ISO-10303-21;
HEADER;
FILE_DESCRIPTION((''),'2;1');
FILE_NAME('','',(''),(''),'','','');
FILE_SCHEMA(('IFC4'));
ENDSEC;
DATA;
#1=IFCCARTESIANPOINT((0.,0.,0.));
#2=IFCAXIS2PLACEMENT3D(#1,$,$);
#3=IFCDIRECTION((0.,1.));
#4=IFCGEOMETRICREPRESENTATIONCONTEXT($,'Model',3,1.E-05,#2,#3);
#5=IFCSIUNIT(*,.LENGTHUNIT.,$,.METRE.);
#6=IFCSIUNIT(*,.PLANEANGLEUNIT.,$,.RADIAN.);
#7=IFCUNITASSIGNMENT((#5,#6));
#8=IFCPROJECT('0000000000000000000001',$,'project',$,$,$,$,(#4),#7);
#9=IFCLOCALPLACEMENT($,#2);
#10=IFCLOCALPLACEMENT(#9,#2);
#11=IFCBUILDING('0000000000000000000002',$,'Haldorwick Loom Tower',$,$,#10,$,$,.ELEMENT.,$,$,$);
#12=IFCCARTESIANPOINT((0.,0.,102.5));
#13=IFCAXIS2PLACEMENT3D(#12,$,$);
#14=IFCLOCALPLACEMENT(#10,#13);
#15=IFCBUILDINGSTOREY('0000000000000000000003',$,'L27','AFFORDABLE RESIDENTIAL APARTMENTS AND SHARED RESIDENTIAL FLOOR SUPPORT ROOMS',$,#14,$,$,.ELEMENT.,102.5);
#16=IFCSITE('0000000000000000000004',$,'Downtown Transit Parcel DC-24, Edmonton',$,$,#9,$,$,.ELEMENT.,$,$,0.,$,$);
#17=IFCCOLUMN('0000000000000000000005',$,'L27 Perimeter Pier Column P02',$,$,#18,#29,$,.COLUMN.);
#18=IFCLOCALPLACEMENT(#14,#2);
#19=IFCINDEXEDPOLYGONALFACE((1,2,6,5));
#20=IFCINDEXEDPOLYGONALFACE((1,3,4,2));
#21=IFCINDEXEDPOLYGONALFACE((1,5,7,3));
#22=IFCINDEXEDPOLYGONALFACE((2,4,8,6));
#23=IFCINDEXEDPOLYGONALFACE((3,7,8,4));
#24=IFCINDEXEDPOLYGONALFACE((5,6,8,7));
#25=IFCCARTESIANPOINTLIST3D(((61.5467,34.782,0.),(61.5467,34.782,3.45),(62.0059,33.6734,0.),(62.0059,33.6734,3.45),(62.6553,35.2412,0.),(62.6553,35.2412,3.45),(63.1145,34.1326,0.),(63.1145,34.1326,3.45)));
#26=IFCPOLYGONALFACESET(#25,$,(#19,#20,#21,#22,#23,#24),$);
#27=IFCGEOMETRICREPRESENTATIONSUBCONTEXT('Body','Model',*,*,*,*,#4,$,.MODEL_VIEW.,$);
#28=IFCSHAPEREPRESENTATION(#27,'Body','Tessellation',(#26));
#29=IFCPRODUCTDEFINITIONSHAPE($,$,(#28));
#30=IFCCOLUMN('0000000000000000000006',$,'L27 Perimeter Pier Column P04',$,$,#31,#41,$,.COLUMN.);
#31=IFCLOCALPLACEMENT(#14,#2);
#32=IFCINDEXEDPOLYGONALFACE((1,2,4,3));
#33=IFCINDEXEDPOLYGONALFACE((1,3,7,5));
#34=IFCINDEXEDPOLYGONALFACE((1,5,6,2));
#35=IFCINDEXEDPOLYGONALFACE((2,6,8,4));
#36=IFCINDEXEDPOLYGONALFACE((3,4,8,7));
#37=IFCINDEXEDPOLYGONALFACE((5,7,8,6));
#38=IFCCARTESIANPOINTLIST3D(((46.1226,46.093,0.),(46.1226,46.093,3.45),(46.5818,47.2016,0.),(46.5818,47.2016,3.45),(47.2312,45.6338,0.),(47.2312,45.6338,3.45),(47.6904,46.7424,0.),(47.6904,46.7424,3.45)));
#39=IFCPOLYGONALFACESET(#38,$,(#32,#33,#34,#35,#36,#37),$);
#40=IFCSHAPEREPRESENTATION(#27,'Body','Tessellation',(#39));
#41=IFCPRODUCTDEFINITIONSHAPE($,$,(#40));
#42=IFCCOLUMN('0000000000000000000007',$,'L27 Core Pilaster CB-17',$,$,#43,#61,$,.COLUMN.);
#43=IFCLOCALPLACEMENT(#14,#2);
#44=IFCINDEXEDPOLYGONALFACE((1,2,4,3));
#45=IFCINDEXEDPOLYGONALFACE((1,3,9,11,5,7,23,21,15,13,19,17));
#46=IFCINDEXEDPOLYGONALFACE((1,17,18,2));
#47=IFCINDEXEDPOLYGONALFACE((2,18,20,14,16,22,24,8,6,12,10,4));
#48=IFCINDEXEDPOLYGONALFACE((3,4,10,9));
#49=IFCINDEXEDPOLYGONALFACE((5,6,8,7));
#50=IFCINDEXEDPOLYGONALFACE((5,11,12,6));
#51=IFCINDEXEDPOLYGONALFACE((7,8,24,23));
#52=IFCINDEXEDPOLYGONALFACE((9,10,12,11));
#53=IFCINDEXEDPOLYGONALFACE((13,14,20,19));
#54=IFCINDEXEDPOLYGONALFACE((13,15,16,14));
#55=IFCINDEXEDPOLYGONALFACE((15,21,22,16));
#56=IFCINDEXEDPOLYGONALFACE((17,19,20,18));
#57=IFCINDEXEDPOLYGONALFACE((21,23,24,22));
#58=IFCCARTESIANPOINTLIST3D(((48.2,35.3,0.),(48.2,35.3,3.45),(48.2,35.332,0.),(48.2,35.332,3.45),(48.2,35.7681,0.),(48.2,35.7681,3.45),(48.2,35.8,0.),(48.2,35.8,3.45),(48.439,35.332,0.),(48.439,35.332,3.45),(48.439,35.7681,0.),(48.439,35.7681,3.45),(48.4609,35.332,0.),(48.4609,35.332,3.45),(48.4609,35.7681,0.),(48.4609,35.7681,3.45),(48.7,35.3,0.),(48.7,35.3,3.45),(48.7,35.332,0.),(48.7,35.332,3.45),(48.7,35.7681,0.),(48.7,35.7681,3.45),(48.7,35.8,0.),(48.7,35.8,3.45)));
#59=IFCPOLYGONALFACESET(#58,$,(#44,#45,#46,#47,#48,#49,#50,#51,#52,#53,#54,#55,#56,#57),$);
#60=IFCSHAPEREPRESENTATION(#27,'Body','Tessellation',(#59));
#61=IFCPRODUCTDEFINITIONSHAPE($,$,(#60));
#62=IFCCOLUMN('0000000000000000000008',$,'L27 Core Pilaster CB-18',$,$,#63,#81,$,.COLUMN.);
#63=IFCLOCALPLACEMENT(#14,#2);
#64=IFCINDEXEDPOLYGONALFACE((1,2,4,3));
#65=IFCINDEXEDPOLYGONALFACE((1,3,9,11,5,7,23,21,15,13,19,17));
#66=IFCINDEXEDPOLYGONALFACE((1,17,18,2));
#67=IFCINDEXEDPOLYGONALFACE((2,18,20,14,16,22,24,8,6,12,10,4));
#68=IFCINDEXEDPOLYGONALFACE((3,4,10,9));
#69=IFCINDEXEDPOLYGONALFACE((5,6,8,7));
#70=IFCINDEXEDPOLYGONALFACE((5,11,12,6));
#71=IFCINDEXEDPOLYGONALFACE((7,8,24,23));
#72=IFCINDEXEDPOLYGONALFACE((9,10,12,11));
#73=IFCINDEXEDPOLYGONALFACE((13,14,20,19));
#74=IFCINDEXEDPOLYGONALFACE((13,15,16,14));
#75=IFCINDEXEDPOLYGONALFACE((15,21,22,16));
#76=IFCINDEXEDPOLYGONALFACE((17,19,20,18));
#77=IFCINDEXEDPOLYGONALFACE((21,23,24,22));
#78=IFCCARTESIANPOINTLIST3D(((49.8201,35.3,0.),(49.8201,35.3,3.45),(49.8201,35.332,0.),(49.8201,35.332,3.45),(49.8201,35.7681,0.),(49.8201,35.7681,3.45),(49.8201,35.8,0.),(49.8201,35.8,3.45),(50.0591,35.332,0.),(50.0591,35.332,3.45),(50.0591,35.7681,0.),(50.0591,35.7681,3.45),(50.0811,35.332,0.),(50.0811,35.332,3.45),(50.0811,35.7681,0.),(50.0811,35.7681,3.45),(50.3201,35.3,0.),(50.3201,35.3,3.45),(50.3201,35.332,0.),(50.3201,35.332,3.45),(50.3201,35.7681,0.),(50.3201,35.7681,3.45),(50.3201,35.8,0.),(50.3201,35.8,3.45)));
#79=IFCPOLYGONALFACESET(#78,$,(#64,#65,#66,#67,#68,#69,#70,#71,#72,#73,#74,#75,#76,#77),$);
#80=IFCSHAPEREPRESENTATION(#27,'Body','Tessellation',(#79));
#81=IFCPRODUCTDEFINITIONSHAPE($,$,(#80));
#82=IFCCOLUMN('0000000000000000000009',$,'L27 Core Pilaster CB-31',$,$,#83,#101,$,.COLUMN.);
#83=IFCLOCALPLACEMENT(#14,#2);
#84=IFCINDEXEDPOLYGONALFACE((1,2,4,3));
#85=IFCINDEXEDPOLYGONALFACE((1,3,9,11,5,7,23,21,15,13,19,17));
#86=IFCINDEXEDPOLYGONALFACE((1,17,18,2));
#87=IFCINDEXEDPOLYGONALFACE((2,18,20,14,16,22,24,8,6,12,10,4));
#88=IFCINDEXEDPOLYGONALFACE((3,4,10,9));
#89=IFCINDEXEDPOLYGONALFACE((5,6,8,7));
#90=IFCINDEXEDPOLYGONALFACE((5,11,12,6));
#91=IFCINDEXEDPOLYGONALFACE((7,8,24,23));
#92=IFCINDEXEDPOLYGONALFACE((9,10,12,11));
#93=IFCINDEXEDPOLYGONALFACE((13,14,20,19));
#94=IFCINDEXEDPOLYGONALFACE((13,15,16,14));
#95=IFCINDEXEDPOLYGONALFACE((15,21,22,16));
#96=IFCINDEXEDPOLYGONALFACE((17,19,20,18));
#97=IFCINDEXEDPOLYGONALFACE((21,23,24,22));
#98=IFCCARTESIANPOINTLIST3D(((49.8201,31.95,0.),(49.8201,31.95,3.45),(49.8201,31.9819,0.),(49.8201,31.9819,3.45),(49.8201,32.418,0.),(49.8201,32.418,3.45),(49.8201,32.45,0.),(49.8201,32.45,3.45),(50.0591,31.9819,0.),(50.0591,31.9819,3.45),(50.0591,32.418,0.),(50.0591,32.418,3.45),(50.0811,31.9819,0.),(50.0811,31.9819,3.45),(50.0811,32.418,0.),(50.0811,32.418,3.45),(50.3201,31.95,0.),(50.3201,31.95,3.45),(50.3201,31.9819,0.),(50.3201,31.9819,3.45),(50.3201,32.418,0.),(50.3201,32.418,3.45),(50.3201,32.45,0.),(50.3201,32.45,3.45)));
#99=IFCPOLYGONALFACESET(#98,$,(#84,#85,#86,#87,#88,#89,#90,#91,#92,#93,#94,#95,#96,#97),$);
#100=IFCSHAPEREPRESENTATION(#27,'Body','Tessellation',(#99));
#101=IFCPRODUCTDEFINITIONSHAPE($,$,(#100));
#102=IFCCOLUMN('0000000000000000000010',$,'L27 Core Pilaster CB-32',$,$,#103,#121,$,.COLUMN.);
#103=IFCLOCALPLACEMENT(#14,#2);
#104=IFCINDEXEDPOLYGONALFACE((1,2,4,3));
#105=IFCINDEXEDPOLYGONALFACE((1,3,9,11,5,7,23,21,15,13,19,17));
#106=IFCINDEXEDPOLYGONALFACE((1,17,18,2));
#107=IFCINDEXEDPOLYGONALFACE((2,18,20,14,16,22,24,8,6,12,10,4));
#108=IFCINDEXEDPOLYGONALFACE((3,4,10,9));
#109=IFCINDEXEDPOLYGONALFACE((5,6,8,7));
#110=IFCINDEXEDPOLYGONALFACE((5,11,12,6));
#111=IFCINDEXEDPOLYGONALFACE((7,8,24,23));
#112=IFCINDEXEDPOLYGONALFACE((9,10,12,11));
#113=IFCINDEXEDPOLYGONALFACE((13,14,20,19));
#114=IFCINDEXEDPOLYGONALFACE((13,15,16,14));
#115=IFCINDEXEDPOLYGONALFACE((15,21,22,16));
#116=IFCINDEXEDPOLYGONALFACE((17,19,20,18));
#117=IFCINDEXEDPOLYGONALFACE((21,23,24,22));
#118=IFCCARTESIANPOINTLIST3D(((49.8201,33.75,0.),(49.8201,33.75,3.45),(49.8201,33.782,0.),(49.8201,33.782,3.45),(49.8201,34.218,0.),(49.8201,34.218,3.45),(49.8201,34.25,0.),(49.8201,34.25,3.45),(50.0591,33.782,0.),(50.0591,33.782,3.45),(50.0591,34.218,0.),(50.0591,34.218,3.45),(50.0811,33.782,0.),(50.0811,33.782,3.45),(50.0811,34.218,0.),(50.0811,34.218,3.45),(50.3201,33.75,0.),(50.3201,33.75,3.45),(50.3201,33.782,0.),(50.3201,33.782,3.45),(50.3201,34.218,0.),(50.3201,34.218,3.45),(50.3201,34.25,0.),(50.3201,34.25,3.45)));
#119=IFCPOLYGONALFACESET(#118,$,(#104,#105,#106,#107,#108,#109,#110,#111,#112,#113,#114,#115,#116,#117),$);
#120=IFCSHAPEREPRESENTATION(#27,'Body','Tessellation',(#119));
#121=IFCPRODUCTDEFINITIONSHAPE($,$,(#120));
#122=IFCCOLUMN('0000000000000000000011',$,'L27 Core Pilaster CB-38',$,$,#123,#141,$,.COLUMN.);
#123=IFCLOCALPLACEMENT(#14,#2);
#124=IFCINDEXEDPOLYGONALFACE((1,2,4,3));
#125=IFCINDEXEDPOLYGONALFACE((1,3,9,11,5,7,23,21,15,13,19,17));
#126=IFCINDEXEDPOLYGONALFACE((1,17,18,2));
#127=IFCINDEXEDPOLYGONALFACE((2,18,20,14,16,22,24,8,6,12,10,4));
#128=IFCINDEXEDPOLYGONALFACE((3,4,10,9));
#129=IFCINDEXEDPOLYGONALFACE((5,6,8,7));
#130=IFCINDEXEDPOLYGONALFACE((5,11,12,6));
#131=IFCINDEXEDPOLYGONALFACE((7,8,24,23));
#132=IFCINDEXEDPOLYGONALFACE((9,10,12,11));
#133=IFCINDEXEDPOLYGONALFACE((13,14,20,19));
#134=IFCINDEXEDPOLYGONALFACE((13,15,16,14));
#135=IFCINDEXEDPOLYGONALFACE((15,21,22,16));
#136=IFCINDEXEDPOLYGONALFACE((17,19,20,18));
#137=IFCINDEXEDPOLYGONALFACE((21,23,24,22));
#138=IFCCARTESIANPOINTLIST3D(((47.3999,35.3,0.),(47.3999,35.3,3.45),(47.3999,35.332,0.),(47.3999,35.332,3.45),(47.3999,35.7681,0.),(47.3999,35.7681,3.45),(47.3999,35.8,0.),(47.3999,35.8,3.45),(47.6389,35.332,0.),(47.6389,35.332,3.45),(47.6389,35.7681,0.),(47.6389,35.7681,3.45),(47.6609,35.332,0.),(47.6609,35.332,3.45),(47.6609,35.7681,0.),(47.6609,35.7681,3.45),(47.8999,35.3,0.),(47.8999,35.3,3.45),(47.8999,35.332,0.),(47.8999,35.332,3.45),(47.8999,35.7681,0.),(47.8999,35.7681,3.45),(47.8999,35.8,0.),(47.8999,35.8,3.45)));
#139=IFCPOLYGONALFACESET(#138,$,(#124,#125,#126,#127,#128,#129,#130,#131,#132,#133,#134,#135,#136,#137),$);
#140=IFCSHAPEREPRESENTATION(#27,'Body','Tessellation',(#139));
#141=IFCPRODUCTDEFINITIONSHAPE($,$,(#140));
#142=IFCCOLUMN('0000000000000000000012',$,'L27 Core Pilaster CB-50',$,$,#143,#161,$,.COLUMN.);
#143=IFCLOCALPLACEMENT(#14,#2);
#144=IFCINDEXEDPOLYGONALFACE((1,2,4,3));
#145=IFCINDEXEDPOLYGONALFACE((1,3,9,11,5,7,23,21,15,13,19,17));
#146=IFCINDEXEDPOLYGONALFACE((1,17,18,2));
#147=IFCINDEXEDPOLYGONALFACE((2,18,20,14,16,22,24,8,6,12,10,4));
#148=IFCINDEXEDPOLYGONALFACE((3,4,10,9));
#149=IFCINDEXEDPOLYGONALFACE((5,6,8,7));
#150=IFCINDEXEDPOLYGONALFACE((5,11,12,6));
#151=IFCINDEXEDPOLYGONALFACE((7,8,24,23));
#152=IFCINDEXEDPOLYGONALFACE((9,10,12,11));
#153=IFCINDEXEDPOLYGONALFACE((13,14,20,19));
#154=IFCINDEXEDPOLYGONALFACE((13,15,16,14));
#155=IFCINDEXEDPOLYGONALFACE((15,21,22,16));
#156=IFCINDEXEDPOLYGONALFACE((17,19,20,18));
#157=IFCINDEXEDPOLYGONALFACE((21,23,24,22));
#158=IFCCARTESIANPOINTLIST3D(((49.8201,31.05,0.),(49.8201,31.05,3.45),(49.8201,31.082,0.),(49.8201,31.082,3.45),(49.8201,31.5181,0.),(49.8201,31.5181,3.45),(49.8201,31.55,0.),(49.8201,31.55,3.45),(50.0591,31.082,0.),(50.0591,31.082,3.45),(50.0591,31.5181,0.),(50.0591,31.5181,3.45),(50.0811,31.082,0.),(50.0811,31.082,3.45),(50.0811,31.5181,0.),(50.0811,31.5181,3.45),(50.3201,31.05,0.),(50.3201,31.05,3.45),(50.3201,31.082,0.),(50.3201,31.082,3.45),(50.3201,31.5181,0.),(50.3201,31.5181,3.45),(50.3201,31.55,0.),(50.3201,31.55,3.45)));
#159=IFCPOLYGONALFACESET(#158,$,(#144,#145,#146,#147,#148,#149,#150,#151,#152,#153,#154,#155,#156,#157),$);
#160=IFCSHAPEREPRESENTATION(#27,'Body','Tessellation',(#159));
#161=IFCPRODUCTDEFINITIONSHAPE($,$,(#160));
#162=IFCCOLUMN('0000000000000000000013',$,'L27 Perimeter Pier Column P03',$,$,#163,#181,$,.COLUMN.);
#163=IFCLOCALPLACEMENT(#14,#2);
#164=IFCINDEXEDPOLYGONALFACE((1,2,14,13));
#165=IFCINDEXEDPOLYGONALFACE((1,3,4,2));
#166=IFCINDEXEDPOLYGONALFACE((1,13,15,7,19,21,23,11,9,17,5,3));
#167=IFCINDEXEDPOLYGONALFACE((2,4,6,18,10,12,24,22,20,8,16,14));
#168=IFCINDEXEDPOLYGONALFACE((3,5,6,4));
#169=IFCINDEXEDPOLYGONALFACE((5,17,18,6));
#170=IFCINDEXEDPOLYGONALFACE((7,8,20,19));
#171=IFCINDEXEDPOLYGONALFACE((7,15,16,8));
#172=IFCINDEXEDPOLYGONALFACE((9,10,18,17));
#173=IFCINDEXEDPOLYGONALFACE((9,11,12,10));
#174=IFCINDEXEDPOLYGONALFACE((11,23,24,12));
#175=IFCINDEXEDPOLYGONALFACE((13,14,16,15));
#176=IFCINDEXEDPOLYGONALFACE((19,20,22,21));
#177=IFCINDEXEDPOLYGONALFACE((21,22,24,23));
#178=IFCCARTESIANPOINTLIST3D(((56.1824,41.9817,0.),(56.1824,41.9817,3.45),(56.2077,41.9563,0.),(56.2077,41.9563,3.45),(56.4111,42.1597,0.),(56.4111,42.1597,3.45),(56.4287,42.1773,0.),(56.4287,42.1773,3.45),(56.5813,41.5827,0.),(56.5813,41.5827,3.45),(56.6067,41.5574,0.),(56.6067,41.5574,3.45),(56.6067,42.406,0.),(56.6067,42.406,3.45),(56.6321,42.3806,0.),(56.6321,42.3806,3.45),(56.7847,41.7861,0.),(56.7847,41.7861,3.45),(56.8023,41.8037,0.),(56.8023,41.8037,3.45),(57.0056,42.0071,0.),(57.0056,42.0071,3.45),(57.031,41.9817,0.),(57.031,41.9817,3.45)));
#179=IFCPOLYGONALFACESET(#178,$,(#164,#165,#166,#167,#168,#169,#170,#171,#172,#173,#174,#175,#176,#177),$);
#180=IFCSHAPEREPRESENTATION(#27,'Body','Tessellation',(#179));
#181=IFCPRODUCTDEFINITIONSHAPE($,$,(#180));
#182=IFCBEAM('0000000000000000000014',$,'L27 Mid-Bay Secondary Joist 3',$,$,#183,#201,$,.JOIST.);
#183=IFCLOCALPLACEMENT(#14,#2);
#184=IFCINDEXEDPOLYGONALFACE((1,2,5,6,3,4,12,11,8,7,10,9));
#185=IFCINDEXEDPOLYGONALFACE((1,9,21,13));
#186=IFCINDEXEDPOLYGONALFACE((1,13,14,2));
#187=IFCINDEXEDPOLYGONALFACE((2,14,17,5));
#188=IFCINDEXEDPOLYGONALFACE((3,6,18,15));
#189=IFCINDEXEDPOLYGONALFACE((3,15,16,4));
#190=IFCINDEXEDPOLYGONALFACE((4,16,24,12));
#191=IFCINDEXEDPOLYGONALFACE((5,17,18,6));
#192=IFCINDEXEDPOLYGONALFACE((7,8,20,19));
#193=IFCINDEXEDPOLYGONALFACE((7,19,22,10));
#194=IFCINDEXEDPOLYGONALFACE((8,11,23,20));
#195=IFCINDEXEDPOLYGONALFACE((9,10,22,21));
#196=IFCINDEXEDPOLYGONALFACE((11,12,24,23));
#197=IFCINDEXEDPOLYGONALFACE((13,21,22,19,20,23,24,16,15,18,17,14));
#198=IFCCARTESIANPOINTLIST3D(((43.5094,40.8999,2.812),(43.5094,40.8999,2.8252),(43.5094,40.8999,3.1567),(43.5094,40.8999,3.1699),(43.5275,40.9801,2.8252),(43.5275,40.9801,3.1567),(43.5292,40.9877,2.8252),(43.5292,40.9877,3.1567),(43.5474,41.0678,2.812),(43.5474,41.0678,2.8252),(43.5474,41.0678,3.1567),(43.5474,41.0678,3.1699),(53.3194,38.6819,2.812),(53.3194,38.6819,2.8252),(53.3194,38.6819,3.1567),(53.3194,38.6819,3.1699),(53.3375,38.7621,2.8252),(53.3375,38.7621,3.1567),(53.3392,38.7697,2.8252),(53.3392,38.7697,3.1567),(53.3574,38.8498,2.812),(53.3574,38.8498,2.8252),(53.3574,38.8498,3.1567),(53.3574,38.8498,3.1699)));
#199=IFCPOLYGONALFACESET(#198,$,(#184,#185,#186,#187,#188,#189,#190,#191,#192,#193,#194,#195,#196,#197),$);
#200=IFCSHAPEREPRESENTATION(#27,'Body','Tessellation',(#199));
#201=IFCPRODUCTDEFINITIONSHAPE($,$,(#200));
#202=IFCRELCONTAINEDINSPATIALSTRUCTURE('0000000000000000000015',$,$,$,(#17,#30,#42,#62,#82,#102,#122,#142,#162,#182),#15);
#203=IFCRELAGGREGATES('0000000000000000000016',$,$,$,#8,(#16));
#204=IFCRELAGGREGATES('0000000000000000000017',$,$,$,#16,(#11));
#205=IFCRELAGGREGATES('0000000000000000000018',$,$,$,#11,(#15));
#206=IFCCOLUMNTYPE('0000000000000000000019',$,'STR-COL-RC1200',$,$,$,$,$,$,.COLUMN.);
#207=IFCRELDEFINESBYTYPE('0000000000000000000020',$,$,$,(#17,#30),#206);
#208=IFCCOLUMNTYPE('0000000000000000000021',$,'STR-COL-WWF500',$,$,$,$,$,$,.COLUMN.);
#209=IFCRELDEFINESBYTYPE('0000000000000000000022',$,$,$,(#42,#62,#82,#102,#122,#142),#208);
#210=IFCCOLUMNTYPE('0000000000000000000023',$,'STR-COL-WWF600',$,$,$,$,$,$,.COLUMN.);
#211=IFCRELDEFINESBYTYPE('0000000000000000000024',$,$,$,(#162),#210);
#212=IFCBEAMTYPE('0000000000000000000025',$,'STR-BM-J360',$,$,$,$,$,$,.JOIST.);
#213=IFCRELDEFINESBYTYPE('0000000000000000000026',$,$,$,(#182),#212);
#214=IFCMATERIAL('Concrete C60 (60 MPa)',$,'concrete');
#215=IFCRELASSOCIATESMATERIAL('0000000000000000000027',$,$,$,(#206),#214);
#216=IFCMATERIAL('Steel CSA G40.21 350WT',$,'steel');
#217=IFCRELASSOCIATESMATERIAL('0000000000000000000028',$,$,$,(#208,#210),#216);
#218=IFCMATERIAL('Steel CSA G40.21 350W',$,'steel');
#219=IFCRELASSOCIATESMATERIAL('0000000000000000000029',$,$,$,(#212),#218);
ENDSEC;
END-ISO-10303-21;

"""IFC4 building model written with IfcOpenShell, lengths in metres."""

from ifc_helpers import new_model, si_unit, direction, frame, origin, origin_2d, place, context, subcontext, project, spatial, rectangle, i_section, extrude, material, material_profile, profile_set, type_object, element, save


model = new_model("IFC4")

# Units and contexts
model_context = context("Model", 3, precision=1e-05, world=origin(), true_north=direction((0.0, 1.0)))
body_context = subcontext(model_context, "Body", "Model", "MODEL_VIEW")
ifc_project = project(units=[si_unit("LENGTHUNIT", "METRE"), si_unit("PLANEANGLEUNIT", "RADIAN")], contexts=[model_context])

# Site, building, storey
site_placement = place(None, origin())
site = spatial("IfcSite", under=ifc_project, at=site_placement, Name="Downtown Transit Parcel DC-24, Edmonton", CompositionType="ELEMENT", RefElevation=0.0)
building_placement = place(site_placement, origin())
building = spatial("IfcBuilding", under=site, at=building_placement, Name="Haldorwick Loom Tower", CompositionType="ELEMENT")
storey_placement = place(building_placement, frame((0.0, 0.0, 102.5)))
storey = spatial("IfcBuildingStorey", under=building, at=storey_placement, Name="L27", Description="AFFORDABLE RESIDENTIAL APARTMENTS AND SHARED RESIDENTIAL FLOOR SUPPORT ROOMS", CompositionType="ELEMENT", Elevation=102.5)

# Columns
ifc_material_1 = material(Name="Concrete C60 (60 MPa)", Category="concrete")
ifc_material_profile_1 = material_profile(ifc_material_1, rectangle(XDim=1.2, YDim=1.2, at=origin_2d()), Name="RC1200X1200", Category="concrete")
ifc_profile_set_1 = profile_set([ifc_material_profile_1], Name="Concrete C60 (60 MPa)")
column_type_1 = type_object("IfcColumnType", Name="STR-COL-RC1200", PredefinedType="COLUMN", material=ifc_profile_set_1)
for number, where, z_axis, x_axis, name in (
    (1, (62.3306, 34.4573, 0.0), (0.0, 0.0, 1.0), (0.92388, 0.382683, 0.0), "L27 Perimeter Pier Column P02"),
    (2, (46.9065, 46.4177, 0.0), (0.0, 0.0, 1.0), (0.382683, 0.92388, 0.0), "L27 Perimeter Pier Column P04"),
):
    element("IfcColumn", number, at=place(storey_placement, frame(where, z_axis=z_axis, x_axis=x_axis)), inside=storey, type_object=column_type_1, Name=name, PredefinedType="COLUMN", context=body_context, shape_type="SweptSolid", body=[
        extrude(rectangle(XDim=1.2, YDim=1.2, at=origin_2d()), origin(), (0.0, 0.0, 1.0), 3.45),
    ])
ifc_material_2 = material(Name="Steel CSA G40.21 350WT", Category="steel")
ifc_material_profile_2 = material_profile(ifc_material_2, i_section(OverallWidth=0.5, OverallDepth=0.5, WebThickness=0.022, FlangeThickness=0.032, at=origin_2d()), Name="WWF500X500", Category="steel")
ifc_profile_set_2 = profile_set([ifc_material_profile_2], Name="Steel CSA G40.21 350WT")
column_type_2 = type_object("IfcColumnType", Name="STR-COL-WWF500", PredefinedType="COLUMN", material=ifc_profile_set_2)
for number, where, z_axis, x_axis, name in (
    (3, (48.45, 35.55, 0.0), (0.0, 0.0, 1.0), (1.0, 0.0, 0.0), "L27 Core Pilaster CB-17"),
    (4, (50.0701, 35.55, 0.0), (0.0, 0.0, 1.0), (1.0, 0.0, 0.0), "L27 Core Pilaster CB-18"),
    (5, (50.0701, 32.2, 0.0), (0.0, 0.0, 1.0), (1.0, 0.0, 0.0), "L27 Core Pilaster CB-31"),
    (6, (50.0701, 34.0, 0.0), (0.0, 0.0, 1.0), (1.0, 0.0, 0.0), "L27 Core Pilaster CB-32"),
    (7, (47.6499, 35.55, 0.0), (0.0, 0.0, 1.0), (1.0, 0.0, 0.0), "L27 Core Pilaster CB-38"),
    (8, (50.0701, 31.3, 0.0), (0.0, 0.0, 1.0), (1.0, 0.0, 0.0), "L27 Core Pilaster CB-50"),
):
    element("IfcColumn", number, at=place(storey_placement, frame(where, z_axis=z_axis, x_axis=x_axis)), inside=storey, type_object=column_type_2, Name=name, PredefinedType="COLUMN", context=body_context, shape_type="SweptSolid", body=[
        extrude(i_section(OverallWidth=0.5, OverallDepth=0.5, WebThickness=0.022, FlangeThickness=0.032, at=origin_2d()), origin(), (0.0, 0.0, 1.0), 3.45),
    ])
ifc_material_profile_3 = material_profile(ifc_material_2, i_section(OverallWidth=0.6001, OverallDepth=0.6001, WebThickness=0.0249, FlangeThickness=0.0359, at=origin_2d()), Name="WWF600X600", Category="steel")
ifc_profile_set_3 = profile_set([ifc_material_profile_3], Name="Steel CSA G40.21 350WT")
column_type_3 = type_object("IfcColumnType", Name="STR-COL-WWF600", PredefinedType="COLUMN", material=ifc_profile_set_3)
column_placement = place(storey_placement, frame((56.6067, 41.9817, 0.0), z_axis=(0.0, 0.0, 1.0), x_axis=(0.707107, 0.707107, 0.0)))
element("IfcColumn", 9, at=column_placement, inside=storey, type_object=column_type_3, Name="L27 Perimeter Pier Column P03", PredefinedType="COLUMN", context=body_context, shape_type="SweptSolid", body=[
    extrude(i_section(OverallWidth=0.6001, OverallDepth=0.6001, WebThickness=0.0249, FlangeThickness=0.0359, at=origin_2d()), origin(), (0.0, 0.0, 1.0), 3.45),
])

# Beam
ifc_material_3 = material(Name="Steel CSA G40.21 350W", Category="steel")
ifc_material_profile_4 = material_profile(ifc_material_3, i_section(OverallWidth=0.1721, OverallDepth=0.3579, WebThickness=0.0078, FlangeThickness=0.0132, at=origin_2d()), Name="W360X57", Category="steel")
ifc_profile_set_4 = profile_set([ifc_material_profile_4], Name="Steel CSA G40.21 350W")
beam_type_1 = type_object("IfcBeamType", Name="STR-BM-J360", PredefinedType="JOIST", material=ifc_profile_set_4)
beam_1_placement = place(storey_placement, frame((53.3384, 38.7659, 2.991), z_axis=(-0.97538, 0.22053, 0.0), x_axis=(-0.22053, -0.97538, 0.0)))
element("IfcBeam", 10, at=beam_1_placement, inside=storey, type_object=beam_type_1, Name="L27 Mid-Bay Secondary Joist 3", PredefinedType="JOIST", context=body_context, shape_type="SweptSolid", body=[
    extrude(i_section(OverallWidth=0.1721, OverallDepth=0.3579, WebThickness=0.0078, FlangeThickness=0.0132, at=origin_2d()), origin(), (0.0, 0.0, 1.0), 10.0576),
])

save(model, "model.ifc")
